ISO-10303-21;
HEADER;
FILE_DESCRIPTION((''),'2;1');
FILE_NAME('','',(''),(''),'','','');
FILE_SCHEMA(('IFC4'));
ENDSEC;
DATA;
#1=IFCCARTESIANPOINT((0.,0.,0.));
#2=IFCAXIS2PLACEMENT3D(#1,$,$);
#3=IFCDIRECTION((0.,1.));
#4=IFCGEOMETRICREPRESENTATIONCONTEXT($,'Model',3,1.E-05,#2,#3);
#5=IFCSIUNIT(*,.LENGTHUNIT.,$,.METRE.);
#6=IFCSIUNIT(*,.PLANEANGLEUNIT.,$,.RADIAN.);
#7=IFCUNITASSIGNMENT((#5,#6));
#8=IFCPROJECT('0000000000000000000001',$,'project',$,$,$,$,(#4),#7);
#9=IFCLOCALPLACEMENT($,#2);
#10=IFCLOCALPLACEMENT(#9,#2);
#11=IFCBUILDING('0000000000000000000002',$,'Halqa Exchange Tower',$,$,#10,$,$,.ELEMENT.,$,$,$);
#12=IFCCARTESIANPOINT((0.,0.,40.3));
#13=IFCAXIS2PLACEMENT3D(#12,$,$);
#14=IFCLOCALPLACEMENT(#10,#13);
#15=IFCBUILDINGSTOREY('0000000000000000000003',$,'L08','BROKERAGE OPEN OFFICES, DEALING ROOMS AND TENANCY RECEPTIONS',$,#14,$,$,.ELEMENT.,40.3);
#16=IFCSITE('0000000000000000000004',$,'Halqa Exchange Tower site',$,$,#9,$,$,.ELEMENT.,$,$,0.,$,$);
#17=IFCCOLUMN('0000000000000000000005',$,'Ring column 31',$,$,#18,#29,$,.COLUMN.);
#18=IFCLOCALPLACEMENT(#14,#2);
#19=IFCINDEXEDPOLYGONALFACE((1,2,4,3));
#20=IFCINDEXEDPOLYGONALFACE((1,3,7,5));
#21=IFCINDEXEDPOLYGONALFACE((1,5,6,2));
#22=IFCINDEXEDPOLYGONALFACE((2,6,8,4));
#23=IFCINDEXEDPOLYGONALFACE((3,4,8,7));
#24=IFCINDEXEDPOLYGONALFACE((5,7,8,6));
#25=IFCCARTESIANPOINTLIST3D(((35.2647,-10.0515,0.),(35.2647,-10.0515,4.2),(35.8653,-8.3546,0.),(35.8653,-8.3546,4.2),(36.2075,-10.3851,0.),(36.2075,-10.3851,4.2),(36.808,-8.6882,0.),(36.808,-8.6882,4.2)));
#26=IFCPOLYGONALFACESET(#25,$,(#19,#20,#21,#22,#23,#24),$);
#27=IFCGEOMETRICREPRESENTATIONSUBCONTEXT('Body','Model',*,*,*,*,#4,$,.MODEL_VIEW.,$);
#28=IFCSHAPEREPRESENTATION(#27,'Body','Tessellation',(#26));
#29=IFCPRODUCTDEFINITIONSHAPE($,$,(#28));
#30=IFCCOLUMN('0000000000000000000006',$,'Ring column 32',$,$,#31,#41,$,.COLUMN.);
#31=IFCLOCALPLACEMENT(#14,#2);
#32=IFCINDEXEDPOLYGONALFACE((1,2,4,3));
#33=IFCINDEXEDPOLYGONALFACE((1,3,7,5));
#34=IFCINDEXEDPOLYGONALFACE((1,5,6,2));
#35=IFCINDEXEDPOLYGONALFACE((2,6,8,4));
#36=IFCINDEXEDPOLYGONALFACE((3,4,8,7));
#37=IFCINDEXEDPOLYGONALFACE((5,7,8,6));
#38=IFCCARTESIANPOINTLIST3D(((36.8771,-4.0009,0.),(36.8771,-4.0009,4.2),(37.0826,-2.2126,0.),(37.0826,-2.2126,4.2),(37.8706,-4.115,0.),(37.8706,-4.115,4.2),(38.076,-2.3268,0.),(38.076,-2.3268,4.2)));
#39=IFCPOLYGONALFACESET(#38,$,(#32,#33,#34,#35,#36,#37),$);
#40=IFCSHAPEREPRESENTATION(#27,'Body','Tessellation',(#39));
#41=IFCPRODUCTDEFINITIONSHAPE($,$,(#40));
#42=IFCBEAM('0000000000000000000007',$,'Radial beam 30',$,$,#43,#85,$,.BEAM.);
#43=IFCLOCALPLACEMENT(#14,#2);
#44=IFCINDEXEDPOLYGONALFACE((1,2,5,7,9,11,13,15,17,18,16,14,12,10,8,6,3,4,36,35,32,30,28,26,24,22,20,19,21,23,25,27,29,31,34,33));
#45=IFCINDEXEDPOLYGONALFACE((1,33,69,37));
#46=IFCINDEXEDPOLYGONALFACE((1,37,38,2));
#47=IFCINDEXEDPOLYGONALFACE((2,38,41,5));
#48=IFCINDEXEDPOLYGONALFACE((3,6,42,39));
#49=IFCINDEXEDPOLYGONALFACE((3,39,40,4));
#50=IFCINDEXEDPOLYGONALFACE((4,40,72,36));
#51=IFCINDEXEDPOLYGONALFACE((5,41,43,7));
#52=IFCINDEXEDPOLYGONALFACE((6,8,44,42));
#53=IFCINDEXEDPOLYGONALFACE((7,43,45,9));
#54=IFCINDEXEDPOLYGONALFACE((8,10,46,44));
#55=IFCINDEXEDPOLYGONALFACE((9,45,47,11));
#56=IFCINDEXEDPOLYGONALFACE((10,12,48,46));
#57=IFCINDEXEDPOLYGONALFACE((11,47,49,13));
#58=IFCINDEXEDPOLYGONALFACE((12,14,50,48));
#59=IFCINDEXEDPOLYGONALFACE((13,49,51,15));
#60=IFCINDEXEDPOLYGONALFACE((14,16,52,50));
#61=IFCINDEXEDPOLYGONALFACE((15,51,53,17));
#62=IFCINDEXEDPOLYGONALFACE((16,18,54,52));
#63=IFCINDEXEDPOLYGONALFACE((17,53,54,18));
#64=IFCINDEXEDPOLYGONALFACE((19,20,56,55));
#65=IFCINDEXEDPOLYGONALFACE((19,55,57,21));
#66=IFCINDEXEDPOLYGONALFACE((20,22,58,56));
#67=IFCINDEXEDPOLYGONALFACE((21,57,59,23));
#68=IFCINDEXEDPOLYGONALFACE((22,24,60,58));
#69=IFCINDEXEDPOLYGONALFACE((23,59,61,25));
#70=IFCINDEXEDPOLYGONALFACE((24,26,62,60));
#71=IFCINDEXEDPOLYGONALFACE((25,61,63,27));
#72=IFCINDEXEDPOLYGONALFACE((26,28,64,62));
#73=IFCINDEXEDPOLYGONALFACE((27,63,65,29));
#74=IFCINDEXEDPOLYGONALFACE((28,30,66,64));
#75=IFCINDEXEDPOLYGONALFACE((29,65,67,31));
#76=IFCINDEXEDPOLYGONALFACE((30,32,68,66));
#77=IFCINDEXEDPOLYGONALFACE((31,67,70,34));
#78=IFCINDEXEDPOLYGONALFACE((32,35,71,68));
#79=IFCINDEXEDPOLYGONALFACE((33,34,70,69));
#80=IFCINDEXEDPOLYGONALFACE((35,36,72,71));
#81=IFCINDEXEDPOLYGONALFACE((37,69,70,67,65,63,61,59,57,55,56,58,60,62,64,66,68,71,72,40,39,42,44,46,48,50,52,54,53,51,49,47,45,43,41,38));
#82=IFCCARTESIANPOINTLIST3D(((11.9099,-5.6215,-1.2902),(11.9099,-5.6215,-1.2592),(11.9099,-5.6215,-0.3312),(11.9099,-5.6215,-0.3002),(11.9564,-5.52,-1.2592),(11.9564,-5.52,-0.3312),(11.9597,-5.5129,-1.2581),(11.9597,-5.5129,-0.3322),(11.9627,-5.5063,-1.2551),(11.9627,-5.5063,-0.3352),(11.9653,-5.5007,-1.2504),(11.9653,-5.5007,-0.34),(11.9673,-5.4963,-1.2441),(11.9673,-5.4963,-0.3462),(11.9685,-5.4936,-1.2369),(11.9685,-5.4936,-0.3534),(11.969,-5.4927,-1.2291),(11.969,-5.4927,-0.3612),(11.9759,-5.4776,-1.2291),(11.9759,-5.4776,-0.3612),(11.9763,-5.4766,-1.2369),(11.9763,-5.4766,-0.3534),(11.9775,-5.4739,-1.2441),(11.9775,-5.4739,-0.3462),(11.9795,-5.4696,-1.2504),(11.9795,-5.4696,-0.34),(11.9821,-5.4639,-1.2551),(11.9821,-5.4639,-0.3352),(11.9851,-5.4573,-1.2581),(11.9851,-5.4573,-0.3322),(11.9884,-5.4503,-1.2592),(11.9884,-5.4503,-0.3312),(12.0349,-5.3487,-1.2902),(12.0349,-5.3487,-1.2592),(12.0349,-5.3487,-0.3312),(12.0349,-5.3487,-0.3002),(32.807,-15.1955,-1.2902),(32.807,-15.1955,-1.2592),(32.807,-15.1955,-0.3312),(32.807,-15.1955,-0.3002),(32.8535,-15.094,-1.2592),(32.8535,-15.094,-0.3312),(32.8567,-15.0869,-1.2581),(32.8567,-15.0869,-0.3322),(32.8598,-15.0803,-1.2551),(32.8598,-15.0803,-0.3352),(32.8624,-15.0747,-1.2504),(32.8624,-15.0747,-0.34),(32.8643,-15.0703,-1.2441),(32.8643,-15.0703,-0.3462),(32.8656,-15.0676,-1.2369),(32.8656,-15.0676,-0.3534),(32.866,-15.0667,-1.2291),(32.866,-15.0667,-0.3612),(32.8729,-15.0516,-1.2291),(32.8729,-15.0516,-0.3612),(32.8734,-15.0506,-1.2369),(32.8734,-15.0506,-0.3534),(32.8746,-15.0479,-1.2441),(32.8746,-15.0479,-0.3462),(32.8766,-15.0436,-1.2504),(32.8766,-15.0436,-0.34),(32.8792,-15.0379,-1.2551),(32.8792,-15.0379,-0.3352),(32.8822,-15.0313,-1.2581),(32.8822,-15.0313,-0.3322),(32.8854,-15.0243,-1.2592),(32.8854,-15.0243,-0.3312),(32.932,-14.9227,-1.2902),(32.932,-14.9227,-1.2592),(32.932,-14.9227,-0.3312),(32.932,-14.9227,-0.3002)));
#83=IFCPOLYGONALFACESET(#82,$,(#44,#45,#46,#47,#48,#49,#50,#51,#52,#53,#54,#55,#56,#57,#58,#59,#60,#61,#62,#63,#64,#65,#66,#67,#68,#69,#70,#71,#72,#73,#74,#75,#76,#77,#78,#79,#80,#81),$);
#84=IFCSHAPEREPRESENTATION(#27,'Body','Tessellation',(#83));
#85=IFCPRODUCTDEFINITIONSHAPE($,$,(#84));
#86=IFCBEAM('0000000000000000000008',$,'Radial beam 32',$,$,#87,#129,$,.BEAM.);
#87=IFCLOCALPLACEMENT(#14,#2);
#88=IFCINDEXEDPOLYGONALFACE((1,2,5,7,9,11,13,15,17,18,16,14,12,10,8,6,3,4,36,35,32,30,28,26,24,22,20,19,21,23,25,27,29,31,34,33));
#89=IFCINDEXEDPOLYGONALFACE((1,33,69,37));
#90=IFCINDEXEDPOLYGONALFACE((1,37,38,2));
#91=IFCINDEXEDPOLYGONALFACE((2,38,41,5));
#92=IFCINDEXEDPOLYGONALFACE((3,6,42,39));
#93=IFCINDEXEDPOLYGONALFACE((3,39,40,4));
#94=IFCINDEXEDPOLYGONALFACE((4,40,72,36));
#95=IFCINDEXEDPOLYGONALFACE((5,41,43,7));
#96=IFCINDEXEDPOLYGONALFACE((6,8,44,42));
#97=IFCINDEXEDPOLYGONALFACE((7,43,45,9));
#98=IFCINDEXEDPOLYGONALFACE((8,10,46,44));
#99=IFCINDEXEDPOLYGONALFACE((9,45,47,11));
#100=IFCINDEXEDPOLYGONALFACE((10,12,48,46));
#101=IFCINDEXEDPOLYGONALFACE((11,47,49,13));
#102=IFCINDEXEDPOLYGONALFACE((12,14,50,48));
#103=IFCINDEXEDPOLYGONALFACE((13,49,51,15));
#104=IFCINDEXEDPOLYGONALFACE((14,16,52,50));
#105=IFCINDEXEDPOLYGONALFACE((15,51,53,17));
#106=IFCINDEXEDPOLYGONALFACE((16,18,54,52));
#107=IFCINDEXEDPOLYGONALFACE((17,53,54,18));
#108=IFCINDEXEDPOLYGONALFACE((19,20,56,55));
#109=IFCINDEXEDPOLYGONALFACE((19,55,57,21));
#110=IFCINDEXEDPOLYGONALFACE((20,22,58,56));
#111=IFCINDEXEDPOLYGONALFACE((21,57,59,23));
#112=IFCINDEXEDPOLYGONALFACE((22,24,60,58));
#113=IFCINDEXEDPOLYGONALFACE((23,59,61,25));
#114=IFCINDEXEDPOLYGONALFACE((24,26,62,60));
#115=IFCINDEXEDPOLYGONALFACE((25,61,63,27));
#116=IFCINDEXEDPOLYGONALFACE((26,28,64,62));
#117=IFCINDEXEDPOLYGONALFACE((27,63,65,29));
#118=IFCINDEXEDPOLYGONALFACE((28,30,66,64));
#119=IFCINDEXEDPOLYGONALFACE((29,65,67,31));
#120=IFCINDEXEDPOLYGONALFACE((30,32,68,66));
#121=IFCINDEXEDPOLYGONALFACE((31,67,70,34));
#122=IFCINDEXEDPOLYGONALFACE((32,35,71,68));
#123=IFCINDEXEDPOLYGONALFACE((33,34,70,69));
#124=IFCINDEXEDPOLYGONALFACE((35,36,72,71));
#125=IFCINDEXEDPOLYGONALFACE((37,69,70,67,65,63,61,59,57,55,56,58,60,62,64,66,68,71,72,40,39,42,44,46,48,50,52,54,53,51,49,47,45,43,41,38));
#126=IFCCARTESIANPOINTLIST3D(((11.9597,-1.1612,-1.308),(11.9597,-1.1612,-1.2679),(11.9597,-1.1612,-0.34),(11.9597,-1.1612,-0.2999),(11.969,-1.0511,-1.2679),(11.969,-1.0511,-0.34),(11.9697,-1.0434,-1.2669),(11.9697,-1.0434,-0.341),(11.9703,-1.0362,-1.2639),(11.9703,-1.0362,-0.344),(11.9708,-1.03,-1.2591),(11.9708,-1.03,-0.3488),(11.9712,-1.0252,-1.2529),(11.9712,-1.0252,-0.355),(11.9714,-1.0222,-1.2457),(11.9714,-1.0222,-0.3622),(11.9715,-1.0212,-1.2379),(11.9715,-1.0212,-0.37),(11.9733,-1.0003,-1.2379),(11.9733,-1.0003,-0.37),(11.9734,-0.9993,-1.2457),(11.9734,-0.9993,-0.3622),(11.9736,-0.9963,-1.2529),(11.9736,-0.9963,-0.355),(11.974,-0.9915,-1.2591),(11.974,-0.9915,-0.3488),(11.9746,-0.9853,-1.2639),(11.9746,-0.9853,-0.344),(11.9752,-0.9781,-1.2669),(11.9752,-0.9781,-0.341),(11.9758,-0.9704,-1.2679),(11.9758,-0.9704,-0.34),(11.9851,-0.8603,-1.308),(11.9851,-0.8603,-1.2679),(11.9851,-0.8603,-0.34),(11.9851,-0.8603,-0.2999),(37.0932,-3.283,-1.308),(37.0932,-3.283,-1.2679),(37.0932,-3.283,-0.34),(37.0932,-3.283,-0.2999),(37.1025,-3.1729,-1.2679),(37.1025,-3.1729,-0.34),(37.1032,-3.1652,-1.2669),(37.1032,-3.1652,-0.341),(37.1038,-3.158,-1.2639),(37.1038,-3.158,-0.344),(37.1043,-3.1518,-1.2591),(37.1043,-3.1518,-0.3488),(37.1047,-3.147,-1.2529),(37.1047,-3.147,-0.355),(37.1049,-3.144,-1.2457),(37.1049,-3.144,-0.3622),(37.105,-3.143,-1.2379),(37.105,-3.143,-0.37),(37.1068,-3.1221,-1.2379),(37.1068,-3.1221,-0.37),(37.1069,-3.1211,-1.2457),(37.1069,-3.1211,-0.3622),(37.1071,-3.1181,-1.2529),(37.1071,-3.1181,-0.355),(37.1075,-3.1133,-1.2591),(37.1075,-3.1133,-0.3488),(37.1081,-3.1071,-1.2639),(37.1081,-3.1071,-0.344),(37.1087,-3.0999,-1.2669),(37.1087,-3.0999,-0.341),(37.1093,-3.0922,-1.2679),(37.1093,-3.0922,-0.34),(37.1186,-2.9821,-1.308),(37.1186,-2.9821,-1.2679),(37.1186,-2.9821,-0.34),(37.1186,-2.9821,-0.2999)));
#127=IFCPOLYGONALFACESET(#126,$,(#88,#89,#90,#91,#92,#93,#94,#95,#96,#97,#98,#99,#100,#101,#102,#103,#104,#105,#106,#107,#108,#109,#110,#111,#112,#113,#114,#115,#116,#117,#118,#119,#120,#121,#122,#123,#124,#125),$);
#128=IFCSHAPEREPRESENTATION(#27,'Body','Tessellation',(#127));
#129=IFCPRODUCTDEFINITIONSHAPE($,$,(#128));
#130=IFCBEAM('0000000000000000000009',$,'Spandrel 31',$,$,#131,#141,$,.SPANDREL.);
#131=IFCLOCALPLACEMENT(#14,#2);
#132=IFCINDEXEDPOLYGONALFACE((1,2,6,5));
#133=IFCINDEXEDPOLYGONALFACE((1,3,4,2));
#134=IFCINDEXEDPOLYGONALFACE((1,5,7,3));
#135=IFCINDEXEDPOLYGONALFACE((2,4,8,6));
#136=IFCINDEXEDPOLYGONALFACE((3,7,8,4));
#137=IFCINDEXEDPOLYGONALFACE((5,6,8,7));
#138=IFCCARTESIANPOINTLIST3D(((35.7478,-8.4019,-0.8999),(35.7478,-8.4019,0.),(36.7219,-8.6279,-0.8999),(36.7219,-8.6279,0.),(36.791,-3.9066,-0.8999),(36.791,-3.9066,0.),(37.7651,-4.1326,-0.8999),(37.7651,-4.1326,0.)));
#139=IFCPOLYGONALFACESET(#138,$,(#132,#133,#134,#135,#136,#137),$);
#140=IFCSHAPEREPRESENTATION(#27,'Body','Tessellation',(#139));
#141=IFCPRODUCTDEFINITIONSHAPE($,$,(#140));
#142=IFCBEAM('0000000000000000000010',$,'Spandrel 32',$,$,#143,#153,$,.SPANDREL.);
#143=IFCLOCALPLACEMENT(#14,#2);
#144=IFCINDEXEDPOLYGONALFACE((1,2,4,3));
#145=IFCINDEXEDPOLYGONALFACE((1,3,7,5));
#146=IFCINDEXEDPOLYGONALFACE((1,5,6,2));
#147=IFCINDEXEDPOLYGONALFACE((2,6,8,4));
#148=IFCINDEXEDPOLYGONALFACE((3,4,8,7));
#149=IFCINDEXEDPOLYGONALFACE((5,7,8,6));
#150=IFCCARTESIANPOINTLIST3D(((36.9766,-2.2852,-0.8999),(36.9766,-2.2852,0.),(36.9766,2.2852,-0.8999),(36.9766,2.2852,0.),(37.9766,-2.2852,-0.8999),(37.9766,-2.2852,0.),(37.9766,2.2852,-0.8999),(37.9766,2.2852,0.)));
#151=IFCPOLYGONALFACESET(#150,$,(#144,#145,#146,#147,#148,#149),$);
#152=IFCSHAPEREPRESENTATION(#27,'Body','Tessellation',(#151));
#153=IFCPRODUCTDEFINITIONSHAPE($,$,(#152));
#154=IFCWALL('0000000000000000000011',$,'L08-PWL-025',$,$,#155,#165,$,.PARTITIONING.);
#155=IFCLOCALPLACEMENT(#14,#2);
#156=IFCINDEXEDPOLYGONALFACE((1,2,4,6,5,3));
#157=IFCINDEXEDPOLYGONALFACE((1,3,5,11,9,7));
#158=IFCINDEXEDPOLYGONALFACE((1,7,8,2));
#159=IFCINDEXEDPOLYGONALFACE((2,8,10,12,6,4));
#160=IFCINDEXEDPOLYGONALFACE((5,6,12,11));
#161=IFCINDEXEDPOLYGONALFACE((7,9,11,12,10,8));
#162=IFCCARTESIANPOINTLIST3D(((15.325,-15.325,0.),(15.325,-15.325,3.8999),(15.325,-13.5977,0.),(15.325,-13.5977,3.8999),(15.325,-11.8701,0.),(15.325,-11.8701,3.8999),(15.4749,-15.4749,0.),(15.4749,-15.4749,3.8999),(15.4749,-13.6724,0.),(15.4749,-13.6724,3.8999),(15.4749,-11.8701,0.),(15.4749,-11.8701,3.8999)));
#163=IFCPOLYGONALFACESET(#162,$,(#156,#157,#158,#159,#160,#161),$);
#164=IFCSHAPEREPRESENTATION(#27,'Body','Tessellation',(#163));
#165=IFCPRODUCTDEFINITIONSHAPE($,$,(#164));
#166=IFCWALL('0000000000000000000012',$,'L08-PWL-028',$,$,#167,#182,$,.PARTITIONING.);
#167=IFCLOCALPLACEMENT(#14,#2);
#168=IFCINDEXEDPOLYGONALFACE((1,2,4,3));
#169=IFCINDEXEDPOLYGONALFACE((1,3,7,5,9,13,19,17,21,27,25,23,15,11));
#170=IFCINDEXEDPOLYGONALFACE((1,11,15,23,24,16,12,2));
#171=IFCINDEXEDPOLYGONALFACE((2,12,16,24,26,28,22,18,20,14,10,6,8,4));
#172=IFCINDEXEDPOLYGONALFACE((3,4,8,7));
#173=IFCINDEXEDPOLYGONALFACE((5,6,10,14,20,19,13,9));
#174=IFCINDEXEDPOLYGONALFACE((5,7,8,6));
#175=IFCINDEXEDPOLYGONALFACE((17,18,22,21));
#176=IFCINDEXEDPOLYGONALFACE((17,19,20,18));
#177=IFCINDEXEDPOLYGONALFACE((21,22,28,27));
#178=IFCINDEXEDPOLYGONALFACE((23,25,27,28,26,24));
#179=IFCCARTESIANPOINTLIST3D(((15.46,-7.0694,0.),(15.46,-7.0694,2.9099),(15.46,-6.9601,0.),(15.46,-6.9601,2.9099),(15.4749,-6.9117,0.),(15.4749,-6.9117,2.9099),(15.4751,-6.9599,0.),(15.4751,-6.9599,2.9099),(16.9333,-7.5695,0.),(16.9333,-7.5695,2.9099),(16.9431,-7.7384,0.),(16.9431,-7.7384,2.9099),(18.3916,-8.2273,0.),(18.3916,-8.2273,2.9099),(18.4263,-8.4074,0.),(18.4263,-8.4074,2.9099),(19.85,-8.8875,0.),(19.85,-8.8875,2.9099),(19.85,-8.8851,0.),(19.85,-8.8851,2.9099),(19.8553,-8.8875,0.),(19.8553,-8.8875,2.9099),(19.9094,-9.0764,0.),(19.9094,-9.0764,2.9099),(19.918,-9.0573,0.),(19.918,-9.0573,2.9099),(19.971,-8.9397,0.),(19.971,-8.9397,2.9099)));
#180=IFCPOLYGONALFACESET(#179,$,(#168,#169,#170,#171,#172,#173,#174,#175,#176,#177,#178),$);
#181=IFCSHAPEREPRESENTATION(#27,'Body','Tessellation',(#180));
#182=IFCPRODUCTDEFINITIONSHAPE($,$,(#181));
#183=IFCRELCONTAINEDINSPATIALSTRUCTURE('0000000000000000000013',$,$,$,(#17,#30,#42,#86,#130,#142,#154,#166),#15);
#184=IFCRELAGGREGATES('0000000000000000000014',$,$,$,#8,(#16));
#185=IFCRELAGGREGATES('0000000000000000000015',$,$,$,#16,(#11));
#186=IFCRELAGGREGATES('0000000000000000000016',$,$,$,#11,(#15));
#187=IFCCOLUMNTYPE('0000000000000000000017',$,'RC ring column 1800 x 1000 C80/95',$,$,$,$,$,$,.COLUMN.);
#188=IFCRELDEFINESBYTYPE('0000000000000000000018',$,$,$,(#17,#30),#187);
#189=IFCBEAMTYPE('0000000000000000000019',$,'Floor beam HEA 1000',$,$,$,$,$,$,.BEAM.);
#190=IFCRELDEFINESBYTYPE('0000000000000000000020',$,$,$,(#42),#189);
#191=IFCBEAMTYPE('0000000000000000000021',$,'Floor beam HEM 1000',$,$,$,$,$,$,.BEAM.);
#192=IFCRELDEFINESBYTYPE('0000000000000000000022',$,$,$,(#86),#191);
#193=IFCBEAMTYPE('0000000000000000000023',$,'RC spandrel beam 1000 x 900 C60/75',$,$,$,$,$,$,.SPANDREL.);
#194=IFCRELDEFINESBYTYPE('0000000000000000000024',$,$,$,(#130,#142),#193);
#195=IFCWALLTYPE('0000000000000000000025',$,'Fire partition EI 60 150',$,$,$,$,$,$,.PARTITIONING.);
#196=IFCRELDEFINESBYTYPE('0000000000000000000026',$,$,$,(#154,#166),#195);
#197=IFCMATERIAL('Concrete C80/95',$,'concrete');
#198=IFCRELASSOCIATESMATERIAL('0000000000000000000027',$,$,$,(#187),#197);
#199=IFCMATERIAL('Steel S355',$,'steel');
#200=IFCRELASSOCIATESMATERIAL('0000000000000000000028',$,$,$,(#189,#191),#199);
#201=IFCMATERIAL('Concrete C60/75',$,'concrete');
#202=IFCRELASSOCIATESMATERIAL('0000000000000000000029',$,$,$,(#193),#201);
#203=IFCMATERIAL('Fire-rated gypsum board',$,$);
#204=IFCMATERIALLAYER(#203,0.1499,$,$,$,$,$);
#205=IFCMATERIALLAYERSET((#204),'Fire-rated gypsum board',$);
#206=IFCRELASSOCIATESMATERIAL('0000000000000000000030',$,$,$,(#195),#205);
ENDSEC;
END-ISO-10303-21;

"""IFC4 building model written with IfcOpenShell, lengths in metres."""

from ifc_helpers import new_model, si_unit, direction, frame, origin, origin_2d, place, context, subcontext, project, spatial, polyline, rectangle, i_section, outline, extrude, material, layer, layer_set, material_profile, profile_set, type_object, element, save


model = new_model("IFC4")

# Units and contexts
model_context = context("Model", 3, precision=1e-05, world=origin(), true_north=direction((0.0, 1.0)))
body_context = subcontext(model_context, "Body", "Model", "MODEL_VIEW")
ifc_project = project(units=[si_unit("LENGTHUNIT", "METRE"), si_unit("PLANEANGLEUNIT", "RADIAN")], contexts=[model_context])

# Site, building, storey
site_placement = place(None, origin())
site = spatial("IfcSite", under=ifc_project, at=site_placement, Name="Halqa Exchange Tower site", CompositionType="ELEMENT", RefElevation=0.0)
building_placement = place(site_placement, origin())
building = spatial("IfcBuilding", under=site, at=building_placement, Name="Halqa Exchange Tower", CompositionType="ELEMENT")
storey_placement = place(building_placement, frame((0.0, 0.0, 40.3)))
storey = spatial("IfcBuildingStorey", under=building, at=storey_placement, Name="L08", Description="BROKERAGE OPEN OFFICES, DEALING ROOMS AND TENANCY RECEPTIONS", CompositionType="ELEMENT", Elevation=40.3)

# Columns
ifc_material_1 = material(Name="Concrete C80/95", Category="concrete")
ifc_material_profile_1 = material_profile(ifc_material_1, rectangle(XDim=1.8, YDim=1.0, at=origin_2d()), Name="1800 x 1000")
ifc_profile_set_1 = profile_set([ifc_material_profile_1], Name="Concrete C80/95")
column_type = type_object("IfcColumnType", Name="RC ring column 1800 x 1000 C80/95", PredefinedType="COLUMN", material=ifc_profile_set_1)
for number, where, z_axis, x_axis, name in (
    (1, (36.0364, -9.3699, 0.0), (0.0, 0.0, 1.0), (0.333631, 0.942704, 0.0), "Ring column 31"),
    (2, (37.4766, -3.1638, 0.0), (0.0, 0.0, 1.0), (0.114155, 0.993463, 0.0), "Ring column 32"),
):
    element("IfcColumn", number, at=place(storey_placement, frame(where, z_axis=z_axis, x_axis=x_axis)), inside=storey, type_object=column_type, Name=name, PredefinedType="COLUMN", context=body_context, shape_type="SweptSolid", body=[
        extrude(rectangle(XDim=1.8, YDim=1.0, at=origin_2d()), origin(), (0.0, 0.0, 1.0), 4.2),
    ])

# Beams
ifc_material_2 = material(Name="Steel S355", Category="steel")
ifc_material_profile_2 = material_profile(ifc_material_2, i_section(OverallWidth=0.3, OverallDepth=0.99, WebThickness=0.0166, FlangeThickness=0.031, FilletRadius=0.03, at=origin_2d()), Name="HEA 1000")
ifc_profile_set_2 = profile_set([ifc_material_profile_2], Name="Steel S355")
beam_type_1 = type_object("IfcBeamType", Name="Floor beam HEA 1000", PredefinedType="BEAM", material=ifc_profile_set_2)
beam_1_placement = place(storey_placement, frame((11.9724, -5.4851, -0.7952), z_axis=(0.909128, -0.416518, 0.0), x_axis=(0.416518, 0.909128, 0.0)))
element("IfcBeam", 3, at=beam_1_placement, inside=storey, type_object=beam_type_1, Name="Radial beam 30", PredefinedType="BEAM", context=body_context, shape_type="SweptSolid", body=[
    extrude(i_section(OverallWidth=0.3, OverallDepth=0.99, WebThickness=0.0166, FlangeThickness=0.031, FilletRadius=0.03, at=origin_2d()), origin(), (0.0, 0.0, 1.0), 22.9858),
])
ifc_material_profile_3 = material_profile(ifc_material_2, i_section(OverallWidth=0.302, OverallDepth=1.0081, WebThickness=0.021, FlangeThickness=0.04, FilletRadius=0.03, at=origin_2d()), Name="HEM 1000")
ifc_profile_set_3 = profile_set([ifc_material_profile_3], Name="Steel S355")
beam_type_2 = type_object("IfcBeamType", Name="Floor beam HEM 1000", PredefinedType="BEAM", material=ifc_profile_set_3)
beam_2_placement = place(storey_placement, frame((11.9724, -1.0107, -0.804), z_axis=(0.996455, -0.084123, 0.0), x_axis=(0.084123, 0.996455, 0.0)))
element("IfcBeam", 4, at=beam_2_placement, inside=storey, type_object=beam_type_2, Name="Radial beam 32", PredefinedType="BEAM", context=body_context, shape_type="SweptSolid", body=[
    extrude(i_section(OverallWidth=0.302, OverallDepth=1.0081, WebThickness=0.021, FlangeThickness=0.04, FilletRadius=0.03, at=origin_2d()), origin(), (0.0, 0.0, 1.0), 25.2229),
])
ifc_material_3 = material(Name="Concrete C60/75", Category="concrete")
ifc_material_profile_4 = material_profile(ifc_material_3, rectangle(XDim=1.0, YDim=0.8999, at=origin_2d()), Name="1000 x 900")
ifc_profile_set_4 = profile_set([ifc_material_profile_4], Name="Concrete C60/75")
beam_type_3 = type_object("IfcBeamType", Name="RC spandrel beam 1000 x 900 C60/75", PredefinedType="SPANDREL", material=ifc_profile_set_4)
beam_3_placement = place(storey_placement, frame((36.2349, -8.5149, -0.45), z_axis=(0.226057, 0.974114, 0.0), x_axis=(-0.974114, 0.226057, 0.0)))
element("IfcBeam", 5, at=beam_3_placement, inside=storey, type_object=beam_type_3, Name="Spandrel 31", PredefinedType="SPANDREL", context=body_context, shape_type="SweptSolid", body=[
    extrude(rectangle(XDim=1.0, YDim=0.8999, at=origin_2d()), origin(), (0.0, 0.0, 1.0), 4.6147),
])
beam_4_placement = place(storey_placement, frame((37.4766, -2.2852, -0.45), z_axis=(0.0, 1.0, 0.0), x_axis=(-1.0, 0.0, 0.0)))
element("IfcBeam", 6, at=beam_4_placement, inside=storey, type_object=beam_type_3, Name="Spandrel 32", PredefinedType="SPANDREL", context=body_context, shape_type="SweptSolid", body=[
    extrude(rectangle(XDim=1.0, YDim=0.8999, at=origin_2d()), origin(), (0.0, 0.0, 1.0), 4.5703),
])

# Wall
ifc_material_4 = material(Name="Fire-rated gypsum board")
ifc_layer_1 = layer(ifc_material_4, 0.1499)
ifc_layer_set_1 = layer_set([ifc_layer_1], Name="Fire-rated gypsum board")
wall_type_1 = type_object("IfcWallType", Name="Fire partition EI 60 150", PredefinedType="PARTITIONING", material=ifc_layer_set_1)
wall_1_placement = place(storey_placement, frame((15.3999, -11.8701, 0.0), z_axis=(0.0, 0.0, 1.0), x_axis=(0.0, -1.0, 0.0)))
element("IfcWall", 7, at=wall_1_placement, inside=storey, type_object=wall_type_1, Name="L08-PWL-025", PredefinedType="PARTITIONING", context=body_context, shape_type="SweptSolid", body=[
    extrude(outline(polyline([(0.0, -0.075), (1.7275, -0.075), (3.4548, -0.075), (3.6047, 0.075), (1.8022, 0.075), (0.0, 0.075), (0.0, -0.075)])), origin(), (0.0, 0.0, 1.0), 3.8999),
])

# Wall
wall_2_placement = place(storey_placement, frame((15.4441, -6.98, 0.0), z_axis=(0.0, 0.0, 1.0), x_axis=(0.911554, -0.41118, 0.0)))
element("IfcWall", 8, at=wall_2_placement, inside=storey, type_object=wall_type_1, Name="L08-PWL-028", PredefinedType="PARTITIONING", context=body_context, shape_type="SweptSolid", body=[
    extrude(outline(polyline([(0.0513, -0.075), (1.6782, -0.075), (3.3054, -0.075), (4.9324, -0.075), (4.9324, -0.054), (4.9324, 0.075), (4.8054, 0.075), (4.8005, 0.0728), (4.7996, 0.075), (3.1997, 0.075), (1.5999, 0.075), (0.0, 0.075), (0.02, 0.031), (0.0063, 0.0247), (0.0513, -0.075)])), origin(), (0.0, 0.0, 1.0), 2.9099),
])

save(model, "model.ifc")
